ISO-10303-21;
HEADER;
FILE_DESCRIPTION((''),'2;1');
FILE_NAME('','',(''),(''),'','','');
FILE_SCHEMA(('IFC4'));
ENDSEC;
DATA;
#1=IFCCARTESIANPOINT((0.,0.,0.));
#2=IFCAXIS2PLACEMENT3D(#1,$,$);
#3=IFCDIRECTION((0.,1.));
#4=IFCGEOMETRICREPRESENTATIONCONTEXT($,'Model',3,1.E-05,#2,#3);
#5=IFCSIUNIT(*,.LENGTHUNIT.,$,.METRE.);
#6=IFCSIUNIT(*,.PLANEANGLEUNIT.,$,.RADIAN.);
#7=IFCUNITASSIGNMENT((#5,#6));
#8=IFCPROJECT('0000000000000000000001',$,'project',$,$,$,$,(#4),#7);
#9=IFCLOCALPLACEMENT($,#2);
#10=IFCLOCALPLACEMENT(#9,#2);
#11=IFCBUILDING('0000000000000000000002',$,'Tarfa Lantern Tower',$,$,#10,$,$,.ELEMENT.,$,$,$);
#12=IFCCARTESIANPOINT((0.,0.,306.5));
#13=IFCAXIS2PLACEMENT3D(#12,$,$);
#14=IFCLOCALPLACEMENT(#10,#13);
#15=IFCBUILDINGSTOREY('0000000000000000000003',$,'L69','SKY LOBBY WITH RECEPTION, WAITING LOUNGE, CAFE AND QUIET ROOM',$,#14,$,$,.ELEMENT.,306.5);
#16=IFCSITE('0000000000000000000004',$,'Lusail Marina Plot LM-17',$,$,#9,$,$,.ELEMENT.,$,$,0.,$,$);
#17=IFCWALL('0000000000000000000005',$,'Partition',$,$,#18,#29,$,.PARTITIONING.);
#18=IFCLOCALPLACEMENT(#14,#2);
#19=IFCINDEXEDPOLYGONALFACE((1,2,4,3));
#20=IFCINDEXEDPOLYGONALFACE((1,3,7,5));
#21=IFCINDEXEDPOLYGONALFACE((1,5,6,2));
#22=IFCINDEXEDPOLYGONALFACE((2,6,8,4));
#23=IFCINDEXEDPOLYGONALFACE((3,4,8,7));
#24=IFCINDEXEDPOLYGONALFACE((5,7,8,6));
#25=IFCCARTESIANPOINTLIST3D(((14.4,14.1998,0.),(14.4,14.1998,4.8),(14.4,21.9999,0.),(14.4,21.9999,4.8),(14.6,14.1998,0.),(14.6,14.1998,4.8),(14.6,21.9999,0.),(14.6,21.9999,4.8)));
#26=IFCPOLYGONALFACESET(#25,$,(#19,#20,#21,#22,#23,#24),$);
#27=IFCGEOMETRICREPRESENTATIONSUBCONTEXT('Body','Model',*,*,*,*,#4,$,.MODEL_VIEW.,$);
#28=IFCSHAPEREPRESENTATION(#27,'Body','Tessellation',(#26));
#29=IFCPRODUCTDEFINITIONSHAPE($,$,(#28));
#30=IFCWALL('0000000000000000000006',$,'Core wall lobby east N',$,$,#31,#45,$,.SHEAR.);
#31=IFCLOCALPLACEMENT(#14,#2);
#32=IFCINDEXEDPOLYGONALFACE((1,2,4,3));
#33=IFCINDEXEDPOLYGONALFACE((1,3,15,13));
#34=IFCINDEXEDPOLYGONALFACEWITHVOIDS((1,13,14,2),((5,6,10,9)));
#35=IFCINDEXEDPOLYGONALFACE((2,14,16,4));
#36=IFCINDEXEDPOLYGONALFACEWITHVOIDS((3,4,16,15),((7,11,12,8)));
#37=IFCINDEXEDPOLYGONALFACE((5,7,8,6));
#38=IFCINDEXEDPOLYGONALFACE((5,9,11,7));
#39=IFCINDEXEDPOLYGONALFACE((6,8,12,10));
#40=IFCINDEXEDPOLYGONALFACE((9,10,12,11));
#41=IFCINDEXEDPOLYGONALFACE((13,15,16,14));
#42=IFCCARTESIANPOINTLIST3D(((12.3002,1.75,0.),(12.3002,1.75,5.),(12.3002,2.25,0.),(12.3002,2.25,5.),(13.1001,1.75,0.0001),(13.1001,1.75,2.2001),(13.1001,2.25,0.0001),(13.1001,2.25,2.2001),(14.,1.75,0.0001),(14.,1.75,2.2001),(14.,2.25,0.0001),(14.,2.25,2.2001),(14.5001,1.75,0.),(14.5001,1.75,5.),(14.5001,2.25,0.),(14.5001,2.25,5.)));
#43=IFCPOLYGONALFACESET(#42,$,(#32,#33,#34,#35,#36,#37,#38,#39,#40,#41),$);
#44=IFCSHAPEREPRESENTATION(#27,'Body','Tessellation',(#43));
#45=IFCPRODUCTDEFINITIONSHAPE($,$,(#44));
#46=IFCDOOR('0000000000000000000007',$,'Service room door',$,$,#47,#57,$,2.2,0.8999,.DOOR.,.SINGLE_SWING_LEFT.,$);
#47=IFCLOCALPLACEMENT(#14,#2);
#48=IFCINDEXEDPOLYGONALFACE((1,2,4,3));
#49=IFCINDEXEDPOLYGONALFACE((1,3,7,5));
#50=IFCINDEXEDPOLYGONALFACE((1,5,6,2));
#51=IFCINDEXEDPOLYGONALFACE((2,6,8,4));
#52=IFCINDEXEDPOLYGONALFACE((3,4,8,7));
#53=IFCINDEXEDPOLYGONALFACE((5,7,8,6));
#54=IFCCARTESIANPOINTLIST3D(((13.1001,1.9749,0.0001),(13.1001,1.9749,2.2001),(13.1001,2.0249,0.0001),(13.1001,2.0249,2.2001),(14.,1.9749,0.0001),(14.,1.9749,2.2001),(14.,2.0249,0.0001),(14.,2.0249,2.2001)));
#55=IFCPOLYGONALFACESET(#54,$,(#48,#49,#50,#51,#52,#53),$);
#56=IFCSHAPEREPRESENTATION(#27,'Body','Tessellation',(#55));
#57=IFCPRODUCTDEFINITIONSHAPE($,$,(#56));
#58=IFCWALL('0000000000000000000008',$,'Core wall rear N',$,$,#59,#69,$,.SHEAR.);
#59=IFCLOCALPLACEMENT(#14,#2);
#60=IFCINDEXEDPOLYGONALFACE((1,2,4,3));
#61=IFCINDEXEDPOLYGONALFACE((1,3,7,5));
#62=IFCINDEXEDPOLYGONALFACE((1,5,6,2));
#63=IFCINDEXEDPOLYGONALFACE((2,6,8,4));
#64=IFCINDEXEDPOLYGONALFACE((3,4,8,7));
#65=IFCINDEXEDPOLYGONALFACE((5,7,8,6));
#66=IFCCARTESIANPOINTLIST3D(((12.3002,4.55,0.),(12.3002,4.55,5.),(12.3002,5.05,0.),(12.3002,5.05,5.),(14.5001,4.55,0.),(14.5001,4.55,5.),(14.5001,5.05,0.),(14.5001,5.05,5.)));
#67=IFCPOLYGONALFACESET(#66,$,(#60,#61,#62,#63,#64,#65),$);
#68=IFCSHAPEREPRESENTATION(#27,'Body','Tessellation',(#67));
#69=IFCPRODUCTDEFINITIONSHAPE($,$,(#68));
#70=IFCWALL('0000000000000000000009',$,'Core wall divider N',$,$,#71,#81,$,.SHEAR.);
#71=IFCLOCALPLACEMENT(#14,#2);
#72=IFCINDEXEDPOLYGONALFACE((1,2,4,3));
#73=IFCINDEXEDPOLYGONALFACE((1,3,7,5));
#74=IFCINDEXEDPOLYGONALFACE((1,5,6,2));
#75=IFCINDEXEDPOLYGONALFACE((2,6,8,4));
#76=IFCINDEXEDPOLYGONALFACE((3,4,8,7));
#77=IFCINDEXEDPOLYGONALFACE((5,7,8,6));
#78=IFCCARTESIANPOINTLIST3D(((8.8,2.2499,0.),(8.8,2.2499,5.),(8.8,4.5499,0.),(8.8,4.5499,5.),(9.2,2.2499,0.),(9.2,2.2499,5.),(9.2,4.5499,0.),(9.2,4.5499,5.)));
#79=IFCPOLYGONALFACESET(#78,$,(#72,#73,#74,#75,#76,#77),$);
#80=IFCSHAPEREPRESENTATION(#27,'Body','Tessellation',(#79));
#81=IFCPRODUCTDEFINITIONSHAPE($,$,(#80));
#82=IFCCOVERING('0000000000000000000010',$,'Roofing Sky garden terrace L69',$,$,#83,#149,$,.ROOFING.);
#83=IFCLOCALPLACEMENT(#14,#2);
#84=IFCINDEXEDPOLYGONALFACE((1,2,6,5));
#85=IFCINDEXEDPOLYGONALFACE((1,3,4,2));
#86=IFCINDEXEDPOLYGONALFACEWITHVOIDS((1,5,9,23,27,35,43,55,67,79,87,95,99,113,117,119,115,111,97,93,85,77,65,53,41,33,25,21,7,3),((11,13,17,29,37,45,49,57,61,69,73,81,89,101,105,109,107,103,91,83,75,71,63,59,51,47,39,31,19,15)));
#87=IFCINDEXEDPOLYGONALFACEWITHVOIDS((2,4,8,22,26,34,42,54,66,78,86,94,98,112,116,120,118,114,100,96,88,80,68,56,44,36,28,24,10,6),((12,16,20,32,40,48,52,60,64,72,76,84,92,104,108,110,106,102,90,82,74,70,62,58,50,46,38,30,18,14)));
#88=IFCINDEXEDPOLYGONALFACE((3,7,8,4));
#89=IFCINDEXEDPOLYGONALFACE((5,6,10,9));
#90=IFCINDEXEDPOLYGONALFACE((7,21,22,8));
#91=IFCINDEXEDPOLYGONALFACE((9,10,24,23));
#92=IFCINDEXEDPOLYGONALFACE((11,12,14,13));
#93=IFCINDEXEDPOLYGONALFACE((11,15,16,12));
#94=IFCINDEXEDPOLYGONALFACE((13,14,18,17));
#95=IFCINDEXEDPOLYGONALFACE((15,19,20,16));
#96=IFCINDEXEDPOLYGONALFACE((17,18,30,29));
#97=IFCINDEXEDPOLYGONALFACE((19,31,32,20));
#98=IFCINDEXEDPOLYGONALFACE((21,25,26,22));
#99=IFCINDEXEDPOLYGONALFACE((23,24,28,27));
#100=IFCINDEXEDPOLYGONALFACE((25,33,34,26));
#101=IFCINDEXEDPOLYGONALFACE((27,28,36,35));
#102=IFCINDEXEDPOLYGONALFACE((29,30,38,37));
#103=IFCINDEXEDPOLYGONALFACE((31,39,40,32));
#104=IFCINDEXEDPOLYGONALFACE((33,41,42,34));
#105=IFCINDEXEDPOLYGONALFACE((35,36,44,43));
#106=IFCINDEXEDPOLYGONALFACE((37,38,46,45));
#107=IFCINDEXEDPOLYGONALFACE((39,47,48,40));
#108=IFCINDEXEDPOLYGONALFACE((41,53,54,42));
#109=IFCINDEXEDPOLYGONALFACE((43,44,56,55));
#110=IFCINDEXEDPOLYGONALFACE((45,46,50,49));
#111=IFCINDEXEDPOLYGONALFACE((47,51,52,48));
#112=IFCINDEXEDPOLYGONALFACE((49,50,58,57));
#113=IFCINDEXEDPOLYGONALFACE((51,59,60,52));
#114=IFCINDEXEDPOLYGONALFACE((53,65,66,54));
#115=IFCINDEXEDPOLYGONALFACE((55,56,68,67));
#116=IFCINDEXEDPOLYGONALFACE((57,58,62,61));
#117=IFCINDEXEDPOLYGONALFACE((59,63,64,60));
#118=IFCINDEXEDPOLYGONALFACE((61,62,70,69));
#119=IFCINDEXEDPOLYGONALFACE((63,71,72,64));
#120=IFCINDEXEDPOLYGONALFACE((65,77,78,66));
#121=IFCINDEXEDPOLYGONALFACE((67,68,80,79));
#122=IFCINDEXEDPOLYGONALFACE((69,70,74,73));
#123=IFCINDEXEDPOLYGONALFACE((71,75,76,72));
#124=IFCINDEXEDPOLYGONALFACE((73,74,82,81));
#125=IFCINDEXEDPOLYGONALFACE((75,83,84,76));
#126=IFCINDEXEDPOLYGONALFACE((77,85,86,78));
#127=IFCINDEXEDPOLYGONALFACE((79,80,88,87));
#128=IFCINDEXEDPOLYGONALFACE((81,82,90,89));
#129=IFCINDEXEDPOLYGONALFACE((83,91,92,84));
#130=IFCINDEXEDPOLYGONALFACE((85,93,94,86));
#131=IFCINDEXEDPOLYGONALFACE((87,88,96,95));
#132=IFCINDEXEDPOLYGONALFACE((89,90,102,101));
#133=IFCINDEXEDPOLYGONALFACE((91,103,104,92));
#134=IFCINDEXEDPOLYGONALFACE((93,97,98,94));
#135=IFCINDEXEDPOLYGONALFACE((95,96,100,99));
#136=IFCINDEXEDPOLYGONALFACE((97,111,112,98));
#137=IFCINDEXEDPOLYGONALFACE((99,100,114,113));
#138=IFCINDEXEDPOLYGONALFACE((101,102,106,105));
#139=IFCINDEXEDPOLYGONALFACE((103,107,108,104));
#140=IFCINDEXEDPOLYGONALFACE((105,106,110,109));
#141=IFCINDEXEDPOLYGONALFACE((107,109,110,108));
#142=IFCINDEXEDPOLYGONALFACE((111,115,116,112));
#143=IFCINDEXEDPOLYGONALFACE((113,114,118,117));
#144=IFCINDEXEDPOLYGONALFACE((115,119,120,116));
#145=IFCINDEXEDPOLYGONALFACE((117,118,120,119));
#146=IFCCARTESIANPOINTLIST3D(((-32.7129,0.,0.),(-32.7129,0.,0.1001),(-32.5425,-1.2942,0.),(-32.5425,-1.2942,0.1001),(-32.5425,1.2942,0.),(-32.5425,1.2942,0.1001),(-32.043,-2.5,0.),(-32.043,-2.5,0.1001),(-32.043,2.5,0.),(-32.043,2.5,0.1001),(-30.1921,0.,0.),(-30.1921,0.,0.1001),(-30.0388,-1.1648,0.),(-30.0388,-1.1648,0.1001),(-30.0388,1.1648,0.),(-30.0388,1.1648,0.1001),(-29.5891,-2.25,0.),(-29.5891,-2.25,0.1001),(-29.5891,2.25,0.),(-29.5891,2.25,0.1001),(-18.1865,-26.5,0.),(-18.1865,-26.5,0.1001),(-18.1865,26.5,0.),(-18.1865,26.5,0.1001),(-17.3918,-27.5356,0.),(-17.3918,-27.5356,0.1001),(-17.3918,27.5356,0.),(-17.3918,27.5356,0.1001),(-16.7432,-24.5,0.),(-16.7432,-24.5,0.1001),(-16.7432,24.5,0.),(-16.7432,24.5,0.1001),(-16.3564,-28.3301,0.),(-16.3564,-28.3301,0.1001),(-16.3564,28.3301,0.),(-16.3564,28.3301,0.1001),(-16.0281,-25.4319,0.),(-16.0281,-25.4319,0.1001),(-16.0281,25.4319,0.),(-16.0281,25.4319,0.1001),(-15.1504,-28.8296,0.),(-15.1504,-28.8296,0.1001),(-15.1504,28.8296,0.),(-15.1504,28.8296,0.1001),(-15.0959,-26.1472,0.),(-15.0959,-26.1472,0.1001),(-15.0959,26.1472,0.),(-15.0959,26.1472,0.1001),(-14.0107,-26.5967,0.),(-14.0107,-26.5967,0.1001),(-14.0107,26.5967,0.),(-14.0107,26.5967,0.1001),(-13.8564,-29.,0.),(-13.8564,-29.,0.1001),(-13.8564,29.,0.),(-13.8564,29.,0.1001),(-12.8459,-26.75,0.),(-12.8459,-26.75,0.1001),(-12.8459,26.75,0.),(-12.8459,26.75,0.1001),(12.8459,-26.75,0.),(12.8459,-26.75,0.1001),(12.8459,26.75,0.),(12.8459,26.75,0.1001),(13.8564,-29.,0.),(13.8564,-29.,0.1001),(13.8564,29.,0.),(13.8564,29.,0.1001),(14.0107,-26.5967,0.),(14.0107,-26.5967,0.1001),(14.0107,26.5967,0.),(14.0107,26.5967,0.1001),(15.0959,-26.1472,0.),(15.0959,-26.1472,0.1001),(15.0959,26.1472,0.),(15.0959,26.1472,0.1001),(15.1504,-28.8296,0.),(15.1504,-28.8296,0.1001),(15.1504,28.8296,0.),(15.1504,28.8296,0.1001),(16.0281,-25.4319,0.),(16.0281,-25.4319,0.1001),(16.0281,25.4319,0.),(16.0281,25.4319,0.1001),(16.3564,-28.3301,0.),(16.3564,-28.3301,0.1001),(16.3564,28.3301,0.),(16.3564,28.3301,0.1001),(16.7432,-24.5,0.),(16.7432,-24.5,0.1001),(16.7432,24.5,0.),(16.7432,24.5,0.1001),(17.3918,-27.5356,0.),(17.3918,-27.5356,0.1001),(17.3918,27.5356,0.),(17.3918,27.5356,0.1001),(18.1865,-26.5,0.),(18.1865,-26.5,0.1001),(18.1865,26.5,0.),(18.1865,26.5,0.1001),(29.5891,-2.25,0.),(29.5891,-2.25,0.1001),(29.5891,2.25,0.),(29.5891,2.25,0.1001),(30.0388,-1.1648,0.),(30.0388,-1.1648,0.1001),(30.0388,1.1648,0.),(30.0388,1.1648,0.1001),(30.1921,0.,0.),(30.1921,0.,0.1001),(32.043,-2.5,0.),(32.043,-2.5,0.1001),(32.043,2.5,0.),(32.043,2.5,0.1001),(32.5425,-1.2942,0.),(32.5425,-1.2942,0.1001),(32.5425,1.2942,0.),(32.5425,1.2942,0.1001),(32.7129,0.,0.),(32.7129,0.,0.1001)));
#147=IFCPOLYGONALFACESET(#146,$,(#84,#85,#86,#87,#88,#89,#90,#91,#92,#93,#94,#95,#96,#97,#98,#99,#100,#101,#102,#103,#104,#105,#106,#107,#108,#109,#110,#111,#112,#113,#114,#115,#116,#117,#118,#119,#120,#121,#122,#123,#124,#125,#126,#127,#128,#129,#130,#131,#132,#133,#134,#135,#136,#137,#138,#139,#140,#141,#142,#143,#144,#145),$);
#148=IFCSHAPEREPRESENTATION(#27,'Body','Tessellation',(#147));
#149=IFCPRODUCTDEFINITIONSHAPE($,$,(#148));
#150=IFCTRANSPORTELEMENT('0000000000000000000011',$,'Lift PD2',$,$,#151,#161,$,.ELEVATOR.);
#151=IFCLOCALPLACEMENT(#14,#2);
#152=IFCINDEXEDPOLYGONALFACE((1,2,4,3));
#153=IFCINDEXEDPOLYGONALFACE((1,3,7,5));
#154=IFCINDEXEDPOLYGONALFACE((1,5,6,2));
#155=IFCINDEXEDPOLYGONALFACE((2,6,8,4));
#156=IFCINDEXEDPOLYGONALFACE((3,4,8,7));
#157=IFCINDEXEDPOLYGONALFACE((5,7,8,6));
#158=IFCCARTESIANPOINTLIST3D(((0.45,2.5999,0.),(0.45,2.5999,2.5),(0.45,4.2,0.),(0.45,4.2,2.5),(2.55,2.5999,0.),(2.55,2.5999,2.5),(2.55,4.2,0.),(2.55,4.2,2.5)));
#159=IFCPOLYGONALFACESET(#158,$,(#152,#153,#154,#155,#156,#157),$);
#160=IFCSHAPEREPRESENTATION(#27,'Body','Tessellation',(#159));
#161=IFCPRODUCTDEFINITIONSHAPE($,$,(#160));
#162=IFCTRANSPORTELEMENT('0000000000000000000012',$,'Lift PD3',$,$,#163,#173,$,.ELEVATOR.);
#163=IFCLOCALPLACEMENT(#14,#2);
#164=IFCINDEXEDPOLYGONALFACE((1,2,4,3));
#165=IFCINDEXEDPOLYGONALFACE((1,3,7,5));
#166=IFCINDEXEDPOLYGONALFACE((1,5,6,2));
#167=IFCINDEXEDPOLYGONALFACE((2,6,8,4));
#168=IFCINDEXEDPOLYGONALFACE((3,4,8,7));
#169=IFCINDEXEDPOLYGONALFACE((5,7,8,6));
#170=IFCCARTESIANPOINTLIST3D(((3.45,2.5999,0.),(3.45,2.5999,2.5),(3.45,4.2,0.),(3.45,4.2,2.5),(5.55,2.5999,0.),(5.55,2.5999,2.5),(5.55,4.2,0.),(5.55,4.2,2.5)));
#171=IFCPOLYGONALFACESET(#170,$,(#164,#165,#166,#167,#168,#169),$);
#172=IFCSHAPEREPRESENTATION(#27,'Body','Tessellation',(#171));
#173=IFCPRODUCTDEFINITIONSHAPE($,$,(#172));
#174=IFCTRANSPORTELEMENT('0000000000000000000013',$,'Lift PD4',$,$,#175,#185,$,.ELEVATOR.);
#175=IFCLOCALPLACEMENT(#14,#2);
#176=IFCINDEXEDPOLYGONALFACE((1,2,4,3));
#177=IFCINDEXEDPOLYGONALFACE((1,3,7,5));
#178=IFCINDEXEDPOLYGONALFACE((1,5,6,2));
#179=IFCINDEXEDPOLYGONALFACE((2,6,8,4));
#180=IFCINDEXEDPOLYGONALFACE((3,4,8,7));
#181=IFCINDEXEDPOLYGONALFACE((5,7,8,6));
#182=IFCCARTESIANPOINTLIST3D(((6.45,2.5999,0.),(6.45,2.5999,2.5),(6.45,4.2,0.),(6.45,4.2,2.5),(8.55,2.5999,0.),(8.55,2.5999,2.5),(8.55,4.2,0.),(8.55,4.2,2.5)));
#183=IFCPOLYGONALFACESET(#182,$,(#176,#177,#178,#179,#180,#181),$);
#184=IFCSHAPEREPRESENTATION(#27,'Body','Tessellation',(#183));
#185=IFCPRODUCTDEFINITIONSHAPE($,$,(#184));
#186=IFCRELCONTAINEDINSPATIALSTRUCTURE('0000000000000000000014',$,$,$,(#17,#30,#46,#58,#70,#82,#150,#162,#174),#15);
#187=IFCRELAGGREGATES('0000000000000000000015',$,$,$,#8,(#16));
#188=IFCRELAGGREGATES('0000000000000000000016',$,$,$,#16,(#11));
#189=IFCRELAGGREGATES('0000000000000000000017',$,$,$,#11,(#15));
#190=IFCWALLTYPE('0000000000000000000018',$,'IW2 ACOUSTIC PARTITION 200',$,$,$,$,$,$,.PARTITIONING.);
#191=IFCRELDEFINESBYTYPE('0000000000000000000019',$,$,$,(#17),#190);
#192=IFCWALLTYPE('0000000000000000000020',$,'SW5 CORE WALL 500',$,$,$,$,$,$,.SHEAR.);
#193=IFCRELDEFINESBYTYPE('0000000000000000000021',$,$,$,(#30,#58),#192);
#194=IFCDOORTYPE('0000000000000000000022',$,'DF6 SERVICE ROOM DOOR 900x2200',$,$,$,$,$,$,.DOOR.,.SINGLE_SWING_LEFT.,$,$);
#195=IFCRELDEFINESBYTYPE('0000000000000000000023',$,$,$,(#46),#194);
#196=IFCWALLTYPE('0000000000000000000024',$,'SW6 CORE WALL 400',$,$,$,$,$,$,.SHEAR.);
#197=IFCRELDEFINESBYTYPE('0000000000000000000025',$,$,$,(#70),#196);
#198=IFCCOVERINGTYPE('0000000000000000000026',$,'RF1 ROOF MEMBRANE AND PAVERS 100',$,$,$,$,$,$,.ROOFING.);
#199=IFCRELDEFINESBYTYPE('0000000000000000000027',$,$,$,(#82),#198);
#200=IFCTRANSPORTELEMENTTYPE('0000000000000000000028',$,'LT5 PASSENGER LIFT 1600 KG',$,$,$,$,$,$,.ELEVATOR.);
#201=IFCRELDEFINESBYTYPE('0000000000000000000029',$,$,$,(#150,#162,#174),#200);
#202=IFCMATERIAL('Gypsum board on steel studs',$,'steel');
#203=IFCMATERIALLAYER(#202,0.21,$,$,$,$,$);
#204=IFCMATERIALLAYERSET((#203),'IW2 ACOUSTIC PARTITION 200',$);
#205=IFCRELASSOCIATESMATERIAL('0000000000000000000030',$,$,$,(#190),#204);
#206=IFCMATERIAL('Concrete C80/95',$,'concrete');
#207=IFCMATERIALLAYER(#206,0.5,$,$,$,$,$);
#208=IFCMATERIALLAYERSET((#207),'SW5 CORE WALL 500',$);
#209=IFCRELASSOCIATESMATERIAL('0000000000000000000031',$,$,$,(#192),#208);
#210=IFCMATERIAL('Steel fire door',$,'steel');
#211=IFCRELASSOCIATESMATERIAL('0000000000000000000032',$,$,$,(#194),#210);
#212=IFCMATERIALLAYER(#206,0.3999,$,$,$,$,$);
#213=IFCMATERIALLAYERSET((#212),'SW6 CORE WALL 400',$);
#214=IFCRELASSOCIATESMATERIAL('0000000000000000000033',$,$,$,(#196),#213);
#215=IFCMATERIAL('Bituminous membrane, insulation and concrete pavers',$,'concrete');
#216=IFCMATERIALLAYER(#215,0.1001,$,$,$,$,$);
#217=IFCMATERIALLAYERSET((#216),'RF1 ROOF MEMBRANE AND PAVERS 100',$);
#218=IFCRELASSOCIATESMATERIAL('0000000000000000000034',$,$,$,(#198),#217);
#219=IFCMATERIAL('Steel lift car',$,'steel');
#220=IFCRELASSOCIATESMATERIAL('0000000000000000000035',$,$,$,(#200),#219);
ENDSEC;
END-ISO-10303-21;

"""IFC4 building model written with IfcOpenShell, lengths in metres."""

from ifc_helpers import new_model, si_unit, direction, frame, frame_2d, origin, origin_2d, place, context, subcontext, project, spatial, polyline, rectangle, outline, extrude, material, layer, layer_set, type_object, element, fill, save


model = new_model("IFC4")

# Units and contexts
model_context = context("Model", 3, precision=1e-05, world=origin(), true_north=direction((0.0, 1.0)))
body_context = subcontext(model_context, "Body", "Model", "MODEL_VIEW")
ifc_project = project(units=[si_unit("LENGTHUNIT", "METRE"), si_unit("PLANEANGLEUNIT", "RADIAN")], contexts=[model_context])

# Site, building, storey
site_placement = place(None, origin())
site = spatial("IfcSite", under=ifc_project, at=site_placement, Name="Lusail Marina Plot LM-17", CompositionType="ELEMENT", RefElevation=0.0)
building_placement = place(site_placement, origin())
building = spatial("IfcBuilding", under=site, at=building_placement, Name="Tarfa Lantern Tower", CompositionType="ELEMENT")
storey_placement = place(building_placement, frame((0.0, 0.0, 306.5)))
storey = spatial("IfcBuildingStorey", under=building, at=storey_placement, Name="L69", Description="SKY LOBBY WITH RECEPTION, WAITING LOUNGE, CAFE AND QUIET ROOM", CompositionType="ELEMENT", Elevation=306.5)

# Wall
ifc_material_1 = material(Name="Gypsum board on steel studs", Category="steel")
ifc_layer_1 = layer(ifc_material_1, 0.21)
ifc_layer_set_1 = layer_set([ifc_layer_1], Name="IW2 ACOUSTIC PARTITION 200")
wall_type_1 = type_object("IfcWallType", Name="IW2 ACOUSTIC PARTITION 200", PredefinedType="PARTITIONING", material=ifc_layer_set_1)
wall_1_placement = place(storey_placement, frame((14.5, 14.2, 0.0), z_axis=(0.0, 0.0, 1.0), x_axis=(0.0, 1.0, 0.0)))
element("IfcWall", 1, at=wall_1_placement, inside=storey, type_object=wall_type_1, Name="Partition", PredefinedType="PARTITIONING", context=body_context, shape_type="SweptSolid", body=[
    extrude(rectangle(XDim=7.8, YDim=0.2, at=frame_2d((3.8999, 0.0))), origin(), (0.0, 0.0, 1.0), 4.8),
])

# Wall, opening, door
ifc_material_2 = material(Name="Concrete C80/95", Category="concrete")
ifc_layer_2 = layer(ifc_material_2, 0.5)
ifc_layer_set_2 = layer_set([ifc_layer_2], Name="SW5 CORE WALL 500")
wall_type_2 = type_object("IfcWallType", Name="SW5 CORE WALL 500", PredefinedType="SHEAR", material=ifc_layer_set_2)
wall_2_placement = place(storey_placement, frame((12.3, 2.0, 0.0), z_axis=(0.0, 0.0, 1.0), x_axis=(1.0, 0.0, 0.0)))
wall_2 = element("IfcWall", 2, at=wall_2_placement, inside=storey, type_object=wall_type_2, Name="Core wall lobby east N", PredefinedType="SHEAR", context=body_context, shape_type="SweptSolid", body=[
    extrude(rectangle(XDim=2.2, YDim=0.5, at=frame_2d((1.1001, 0.0))), origin(), (0.0, 0.0, 1.0), 5.0),
])
opening_placement = place(wall_2_placement, frame((0.8, 0.0, 0.0)))
opening = element("IfcOpeningElement", 3, at=opening_placement, cuts=wall_2, PredefinedType="OPENING", context=body_context, shape_type="SweptSolid", body=[
    extrude(rectangle(XDim=0.8999, YDim=2.2, at=frame_2d((0.45, 1.1001))), frame((0.0, 0.26, 0.0), z_axis=(0.0, -1.0, 0.0), x_axis=(1.0, 0.0, 0.0)), (0.0, 0.0, 1.0), 0.52),
])
ifc_material_3 = material(Name="Steel fire door", Category="steel")
door_type = type_object("IfcDoorType", Name="DF6 SERVICE ROOM DOOR 900x2200", OperationType="SINGLE_SWING_LEFT", PredefinedType="DOOR", material=ifc_material_3)
door_placement = place(opening_placement, origin())
door = element("IfcDoor", 4, at=door_placement, inside=storey, type_object=door_type, Name="Service room door", OperationType="SINGLE_SWING_LEFT", OverallHeight=2.2, OverallWidth=0.8999, PredefinedType="DOOR", context=body_context, shape_type="SweptSolid", body=[
    extrude(rectangle(XDim=0.8999, YDim=2.2, at=frame_2d((0.45, 1.1001))), frame((0.0, 0.0249, 0.0), z_axis=(0.0, -1.0, 0.0), x_axis=(1.0, 0.0, 0.0)), (0.0, 0.0, 1.0), 0.05),
])
fill(opening, door)

# Walls
wall_3_placement = place(storey_placement, frame((12.3, 4.8, 0.0), z_axis=(0.0, 0.0, 1.0), x_axis=(1.0, 0.0, 0.0)))
element("IfcWall", 5, at=wall_3_placement, inside=storey, type_object=wall_type_2, Name="Core wall rear N", PredefinedType="SHEAR", context=body_context, shape_type="SweptSolid", body=[
    extrude(rectangle(XDim=2.2, YDim=0.5, at=frame_2d((1.1001, 0.0))), origin(), (0.0, 0.0, 1.0), 5.0),
])
ifc_layer_3 = layer(ifc_material_2, 0.3999)
ifc_layer_set_3 = layer_set([ifc_layer_3], Name="SW6 CORE WALL 400")
wall_type_3 = type_object("IfcWallType", Name="SW6 CORE WALL 400", PredefinedType="SHEAR", material=ifc_layer_set_3)
wall_4_placement = place(storey_placement, frame((9.0, 2.25, 0.0), z_axis=(0.0, 0.0, 1.0), x_axis=(0.0, 1.0, 0.0)))
element("IfcWall", 6, at=wall_4_placement, inside=storey, type_object=wall_type_3, Name="Core wall divider N", PredefinedType="SHEAR", context=body_context, shape_type="SweptSolid", body=[
    extrude(rectangle(XDim=2.3, YDim=0.3999, at=frame_2d((1.1499, 0.0))), origin(), (0.0, 0.0, 1.0), 5.0),
])

# Covering
ifc_material_4 = material(Name="Bituminous membrane, insulation and concrete pavers", Category="concrete")
ifc_layer_4 = layer(ifc_material_4, 0.1001)
ifc_layer_set_4 = layer_set([ifc_layer_4], Name="RF1 ROOF MEMBRANE AND PAVERS 100")
covering_type = type_object("IfcCoveringType", Name="RF1 ROOF MEMBRANE AND PAVERS 100", PredefinedType="ROOFING", material=ifc_layer_set_4)
covering_placement = place(storey_placement, origin())
element("IfcCovering", 7, at=covering_placement, inside=storey, type_object=covering_type, Name="Roofing Sky garden terrace L69", PredefinedType="ROOFING", context=body_context, shape_type="SweptSolid", body=[
    extrude(outline(polyline([(32.043, 2.5), (18.1865, 26.5), (17.3918, 27.5356), (16.3564, 28.3301), (15.1504, 28.8296), (13.8564, 29.0), (-13.8564, 29.0), (-15.1504, 28.8296), (-16.3564, 28.3301), (-17.3918, 27.5356), (-18.1865, 26.5), (-32.043, 2.5), (-32.5425, 1.2942), (-32.7129, 0.0), (-32.5425, -1.2942), (-32.043, -2.5), (-18.1865, -26.5), (-17.3918, -27.5356), (-16.3564, -28.3301), (-15.1504, -28.8296), (-13.8564, -29.0), (13.8564, -29.0), (15.1504, -28.8296), (16.3564, -28.3301), (17.3918, -27.5356), (18.1865, -26.5), (32.043, -2.5), (32.5425, -1.2942), (32.7129, 0.0), (32.5425, 1.2942), (32.043, 2.5)]), holes=[polyline([(29.5891, 2.25), (16.7432, 24.5), (16.0281, 25.4319), (15.0959, 26.1472), (14.0107, 26.5967), (12.8459, 26.75), (-12.8459, 26.75), (-14.0107, 26.5967), (-15.0959, 26.1472), (-16.0281, 25.4319), (-16.7432, 24.5), (-29.5891, 2.25), (-30.0388, 1.1648), (-30.1921, 0.0), (-30.0388, -1.1648), (-29.5891, -2.25), (-16.7432, -24.5), (-16.0281, -25.4319), (-15.0959, -26.1472), (-14.0107, -26.5967), (-12.8459, -26.75), (12.8459, -26.75), (14.0107, -26.5967), (15.0959, -26.1472), (16.0281, -25.4319), (16.7432, -24.5), (29.5891, -2.25), (30.0388, -1.1648), (30.1921, 0.0), (30.0388, 1.1648), (29.5891, 2.25)])]), origin(), (0.0, 0.0, 1.0), 0.1001),
])

# Transport elements
ifc_material_5 = material(Name="Steel lift car", Category="steel")
transport_element_type = type_object("IfcTransportElementType", Name="LT5 PASSENGER LIFT 1600 KG", PredefinedType="ELEVATOR", material=ifc_material_5)
for number, where, z_axis, x_axis, name in (
    (8, (1.5, 3.3999, 0.0), (0.0, 0.0, 1.0), (1.0, 0.0, 0.0), "Lift PD2"),
    (9, (4.5, 3.3999, 0.0), (0.0, 0.0, 1.0), (1.0, 0.0, 0.0), "Lift PD3"),
    (10, (7.5, 3.3999, 0.0), (0.0, 0.0, 1.0), (1.0, 0.0, 0.0), "Lift PD4"),
):
    element("IfcTransportElement", number, at=place(storey_placement, frame(where, z_axis=z_axis, x_axis=x_axis)), inside=storey, type_object=transport_element_type, Name=name, PredefinedType="ELEVATOR", context=body_context, shape_type="SweptSolid", body=[
        extrude(rectangle(XDim=2.1001, YDim=1.6001, at=origin_2d()), origin(), (0.0, 0.0, 1.0), 2.5),
    ])

save(model, "model.ifc")
